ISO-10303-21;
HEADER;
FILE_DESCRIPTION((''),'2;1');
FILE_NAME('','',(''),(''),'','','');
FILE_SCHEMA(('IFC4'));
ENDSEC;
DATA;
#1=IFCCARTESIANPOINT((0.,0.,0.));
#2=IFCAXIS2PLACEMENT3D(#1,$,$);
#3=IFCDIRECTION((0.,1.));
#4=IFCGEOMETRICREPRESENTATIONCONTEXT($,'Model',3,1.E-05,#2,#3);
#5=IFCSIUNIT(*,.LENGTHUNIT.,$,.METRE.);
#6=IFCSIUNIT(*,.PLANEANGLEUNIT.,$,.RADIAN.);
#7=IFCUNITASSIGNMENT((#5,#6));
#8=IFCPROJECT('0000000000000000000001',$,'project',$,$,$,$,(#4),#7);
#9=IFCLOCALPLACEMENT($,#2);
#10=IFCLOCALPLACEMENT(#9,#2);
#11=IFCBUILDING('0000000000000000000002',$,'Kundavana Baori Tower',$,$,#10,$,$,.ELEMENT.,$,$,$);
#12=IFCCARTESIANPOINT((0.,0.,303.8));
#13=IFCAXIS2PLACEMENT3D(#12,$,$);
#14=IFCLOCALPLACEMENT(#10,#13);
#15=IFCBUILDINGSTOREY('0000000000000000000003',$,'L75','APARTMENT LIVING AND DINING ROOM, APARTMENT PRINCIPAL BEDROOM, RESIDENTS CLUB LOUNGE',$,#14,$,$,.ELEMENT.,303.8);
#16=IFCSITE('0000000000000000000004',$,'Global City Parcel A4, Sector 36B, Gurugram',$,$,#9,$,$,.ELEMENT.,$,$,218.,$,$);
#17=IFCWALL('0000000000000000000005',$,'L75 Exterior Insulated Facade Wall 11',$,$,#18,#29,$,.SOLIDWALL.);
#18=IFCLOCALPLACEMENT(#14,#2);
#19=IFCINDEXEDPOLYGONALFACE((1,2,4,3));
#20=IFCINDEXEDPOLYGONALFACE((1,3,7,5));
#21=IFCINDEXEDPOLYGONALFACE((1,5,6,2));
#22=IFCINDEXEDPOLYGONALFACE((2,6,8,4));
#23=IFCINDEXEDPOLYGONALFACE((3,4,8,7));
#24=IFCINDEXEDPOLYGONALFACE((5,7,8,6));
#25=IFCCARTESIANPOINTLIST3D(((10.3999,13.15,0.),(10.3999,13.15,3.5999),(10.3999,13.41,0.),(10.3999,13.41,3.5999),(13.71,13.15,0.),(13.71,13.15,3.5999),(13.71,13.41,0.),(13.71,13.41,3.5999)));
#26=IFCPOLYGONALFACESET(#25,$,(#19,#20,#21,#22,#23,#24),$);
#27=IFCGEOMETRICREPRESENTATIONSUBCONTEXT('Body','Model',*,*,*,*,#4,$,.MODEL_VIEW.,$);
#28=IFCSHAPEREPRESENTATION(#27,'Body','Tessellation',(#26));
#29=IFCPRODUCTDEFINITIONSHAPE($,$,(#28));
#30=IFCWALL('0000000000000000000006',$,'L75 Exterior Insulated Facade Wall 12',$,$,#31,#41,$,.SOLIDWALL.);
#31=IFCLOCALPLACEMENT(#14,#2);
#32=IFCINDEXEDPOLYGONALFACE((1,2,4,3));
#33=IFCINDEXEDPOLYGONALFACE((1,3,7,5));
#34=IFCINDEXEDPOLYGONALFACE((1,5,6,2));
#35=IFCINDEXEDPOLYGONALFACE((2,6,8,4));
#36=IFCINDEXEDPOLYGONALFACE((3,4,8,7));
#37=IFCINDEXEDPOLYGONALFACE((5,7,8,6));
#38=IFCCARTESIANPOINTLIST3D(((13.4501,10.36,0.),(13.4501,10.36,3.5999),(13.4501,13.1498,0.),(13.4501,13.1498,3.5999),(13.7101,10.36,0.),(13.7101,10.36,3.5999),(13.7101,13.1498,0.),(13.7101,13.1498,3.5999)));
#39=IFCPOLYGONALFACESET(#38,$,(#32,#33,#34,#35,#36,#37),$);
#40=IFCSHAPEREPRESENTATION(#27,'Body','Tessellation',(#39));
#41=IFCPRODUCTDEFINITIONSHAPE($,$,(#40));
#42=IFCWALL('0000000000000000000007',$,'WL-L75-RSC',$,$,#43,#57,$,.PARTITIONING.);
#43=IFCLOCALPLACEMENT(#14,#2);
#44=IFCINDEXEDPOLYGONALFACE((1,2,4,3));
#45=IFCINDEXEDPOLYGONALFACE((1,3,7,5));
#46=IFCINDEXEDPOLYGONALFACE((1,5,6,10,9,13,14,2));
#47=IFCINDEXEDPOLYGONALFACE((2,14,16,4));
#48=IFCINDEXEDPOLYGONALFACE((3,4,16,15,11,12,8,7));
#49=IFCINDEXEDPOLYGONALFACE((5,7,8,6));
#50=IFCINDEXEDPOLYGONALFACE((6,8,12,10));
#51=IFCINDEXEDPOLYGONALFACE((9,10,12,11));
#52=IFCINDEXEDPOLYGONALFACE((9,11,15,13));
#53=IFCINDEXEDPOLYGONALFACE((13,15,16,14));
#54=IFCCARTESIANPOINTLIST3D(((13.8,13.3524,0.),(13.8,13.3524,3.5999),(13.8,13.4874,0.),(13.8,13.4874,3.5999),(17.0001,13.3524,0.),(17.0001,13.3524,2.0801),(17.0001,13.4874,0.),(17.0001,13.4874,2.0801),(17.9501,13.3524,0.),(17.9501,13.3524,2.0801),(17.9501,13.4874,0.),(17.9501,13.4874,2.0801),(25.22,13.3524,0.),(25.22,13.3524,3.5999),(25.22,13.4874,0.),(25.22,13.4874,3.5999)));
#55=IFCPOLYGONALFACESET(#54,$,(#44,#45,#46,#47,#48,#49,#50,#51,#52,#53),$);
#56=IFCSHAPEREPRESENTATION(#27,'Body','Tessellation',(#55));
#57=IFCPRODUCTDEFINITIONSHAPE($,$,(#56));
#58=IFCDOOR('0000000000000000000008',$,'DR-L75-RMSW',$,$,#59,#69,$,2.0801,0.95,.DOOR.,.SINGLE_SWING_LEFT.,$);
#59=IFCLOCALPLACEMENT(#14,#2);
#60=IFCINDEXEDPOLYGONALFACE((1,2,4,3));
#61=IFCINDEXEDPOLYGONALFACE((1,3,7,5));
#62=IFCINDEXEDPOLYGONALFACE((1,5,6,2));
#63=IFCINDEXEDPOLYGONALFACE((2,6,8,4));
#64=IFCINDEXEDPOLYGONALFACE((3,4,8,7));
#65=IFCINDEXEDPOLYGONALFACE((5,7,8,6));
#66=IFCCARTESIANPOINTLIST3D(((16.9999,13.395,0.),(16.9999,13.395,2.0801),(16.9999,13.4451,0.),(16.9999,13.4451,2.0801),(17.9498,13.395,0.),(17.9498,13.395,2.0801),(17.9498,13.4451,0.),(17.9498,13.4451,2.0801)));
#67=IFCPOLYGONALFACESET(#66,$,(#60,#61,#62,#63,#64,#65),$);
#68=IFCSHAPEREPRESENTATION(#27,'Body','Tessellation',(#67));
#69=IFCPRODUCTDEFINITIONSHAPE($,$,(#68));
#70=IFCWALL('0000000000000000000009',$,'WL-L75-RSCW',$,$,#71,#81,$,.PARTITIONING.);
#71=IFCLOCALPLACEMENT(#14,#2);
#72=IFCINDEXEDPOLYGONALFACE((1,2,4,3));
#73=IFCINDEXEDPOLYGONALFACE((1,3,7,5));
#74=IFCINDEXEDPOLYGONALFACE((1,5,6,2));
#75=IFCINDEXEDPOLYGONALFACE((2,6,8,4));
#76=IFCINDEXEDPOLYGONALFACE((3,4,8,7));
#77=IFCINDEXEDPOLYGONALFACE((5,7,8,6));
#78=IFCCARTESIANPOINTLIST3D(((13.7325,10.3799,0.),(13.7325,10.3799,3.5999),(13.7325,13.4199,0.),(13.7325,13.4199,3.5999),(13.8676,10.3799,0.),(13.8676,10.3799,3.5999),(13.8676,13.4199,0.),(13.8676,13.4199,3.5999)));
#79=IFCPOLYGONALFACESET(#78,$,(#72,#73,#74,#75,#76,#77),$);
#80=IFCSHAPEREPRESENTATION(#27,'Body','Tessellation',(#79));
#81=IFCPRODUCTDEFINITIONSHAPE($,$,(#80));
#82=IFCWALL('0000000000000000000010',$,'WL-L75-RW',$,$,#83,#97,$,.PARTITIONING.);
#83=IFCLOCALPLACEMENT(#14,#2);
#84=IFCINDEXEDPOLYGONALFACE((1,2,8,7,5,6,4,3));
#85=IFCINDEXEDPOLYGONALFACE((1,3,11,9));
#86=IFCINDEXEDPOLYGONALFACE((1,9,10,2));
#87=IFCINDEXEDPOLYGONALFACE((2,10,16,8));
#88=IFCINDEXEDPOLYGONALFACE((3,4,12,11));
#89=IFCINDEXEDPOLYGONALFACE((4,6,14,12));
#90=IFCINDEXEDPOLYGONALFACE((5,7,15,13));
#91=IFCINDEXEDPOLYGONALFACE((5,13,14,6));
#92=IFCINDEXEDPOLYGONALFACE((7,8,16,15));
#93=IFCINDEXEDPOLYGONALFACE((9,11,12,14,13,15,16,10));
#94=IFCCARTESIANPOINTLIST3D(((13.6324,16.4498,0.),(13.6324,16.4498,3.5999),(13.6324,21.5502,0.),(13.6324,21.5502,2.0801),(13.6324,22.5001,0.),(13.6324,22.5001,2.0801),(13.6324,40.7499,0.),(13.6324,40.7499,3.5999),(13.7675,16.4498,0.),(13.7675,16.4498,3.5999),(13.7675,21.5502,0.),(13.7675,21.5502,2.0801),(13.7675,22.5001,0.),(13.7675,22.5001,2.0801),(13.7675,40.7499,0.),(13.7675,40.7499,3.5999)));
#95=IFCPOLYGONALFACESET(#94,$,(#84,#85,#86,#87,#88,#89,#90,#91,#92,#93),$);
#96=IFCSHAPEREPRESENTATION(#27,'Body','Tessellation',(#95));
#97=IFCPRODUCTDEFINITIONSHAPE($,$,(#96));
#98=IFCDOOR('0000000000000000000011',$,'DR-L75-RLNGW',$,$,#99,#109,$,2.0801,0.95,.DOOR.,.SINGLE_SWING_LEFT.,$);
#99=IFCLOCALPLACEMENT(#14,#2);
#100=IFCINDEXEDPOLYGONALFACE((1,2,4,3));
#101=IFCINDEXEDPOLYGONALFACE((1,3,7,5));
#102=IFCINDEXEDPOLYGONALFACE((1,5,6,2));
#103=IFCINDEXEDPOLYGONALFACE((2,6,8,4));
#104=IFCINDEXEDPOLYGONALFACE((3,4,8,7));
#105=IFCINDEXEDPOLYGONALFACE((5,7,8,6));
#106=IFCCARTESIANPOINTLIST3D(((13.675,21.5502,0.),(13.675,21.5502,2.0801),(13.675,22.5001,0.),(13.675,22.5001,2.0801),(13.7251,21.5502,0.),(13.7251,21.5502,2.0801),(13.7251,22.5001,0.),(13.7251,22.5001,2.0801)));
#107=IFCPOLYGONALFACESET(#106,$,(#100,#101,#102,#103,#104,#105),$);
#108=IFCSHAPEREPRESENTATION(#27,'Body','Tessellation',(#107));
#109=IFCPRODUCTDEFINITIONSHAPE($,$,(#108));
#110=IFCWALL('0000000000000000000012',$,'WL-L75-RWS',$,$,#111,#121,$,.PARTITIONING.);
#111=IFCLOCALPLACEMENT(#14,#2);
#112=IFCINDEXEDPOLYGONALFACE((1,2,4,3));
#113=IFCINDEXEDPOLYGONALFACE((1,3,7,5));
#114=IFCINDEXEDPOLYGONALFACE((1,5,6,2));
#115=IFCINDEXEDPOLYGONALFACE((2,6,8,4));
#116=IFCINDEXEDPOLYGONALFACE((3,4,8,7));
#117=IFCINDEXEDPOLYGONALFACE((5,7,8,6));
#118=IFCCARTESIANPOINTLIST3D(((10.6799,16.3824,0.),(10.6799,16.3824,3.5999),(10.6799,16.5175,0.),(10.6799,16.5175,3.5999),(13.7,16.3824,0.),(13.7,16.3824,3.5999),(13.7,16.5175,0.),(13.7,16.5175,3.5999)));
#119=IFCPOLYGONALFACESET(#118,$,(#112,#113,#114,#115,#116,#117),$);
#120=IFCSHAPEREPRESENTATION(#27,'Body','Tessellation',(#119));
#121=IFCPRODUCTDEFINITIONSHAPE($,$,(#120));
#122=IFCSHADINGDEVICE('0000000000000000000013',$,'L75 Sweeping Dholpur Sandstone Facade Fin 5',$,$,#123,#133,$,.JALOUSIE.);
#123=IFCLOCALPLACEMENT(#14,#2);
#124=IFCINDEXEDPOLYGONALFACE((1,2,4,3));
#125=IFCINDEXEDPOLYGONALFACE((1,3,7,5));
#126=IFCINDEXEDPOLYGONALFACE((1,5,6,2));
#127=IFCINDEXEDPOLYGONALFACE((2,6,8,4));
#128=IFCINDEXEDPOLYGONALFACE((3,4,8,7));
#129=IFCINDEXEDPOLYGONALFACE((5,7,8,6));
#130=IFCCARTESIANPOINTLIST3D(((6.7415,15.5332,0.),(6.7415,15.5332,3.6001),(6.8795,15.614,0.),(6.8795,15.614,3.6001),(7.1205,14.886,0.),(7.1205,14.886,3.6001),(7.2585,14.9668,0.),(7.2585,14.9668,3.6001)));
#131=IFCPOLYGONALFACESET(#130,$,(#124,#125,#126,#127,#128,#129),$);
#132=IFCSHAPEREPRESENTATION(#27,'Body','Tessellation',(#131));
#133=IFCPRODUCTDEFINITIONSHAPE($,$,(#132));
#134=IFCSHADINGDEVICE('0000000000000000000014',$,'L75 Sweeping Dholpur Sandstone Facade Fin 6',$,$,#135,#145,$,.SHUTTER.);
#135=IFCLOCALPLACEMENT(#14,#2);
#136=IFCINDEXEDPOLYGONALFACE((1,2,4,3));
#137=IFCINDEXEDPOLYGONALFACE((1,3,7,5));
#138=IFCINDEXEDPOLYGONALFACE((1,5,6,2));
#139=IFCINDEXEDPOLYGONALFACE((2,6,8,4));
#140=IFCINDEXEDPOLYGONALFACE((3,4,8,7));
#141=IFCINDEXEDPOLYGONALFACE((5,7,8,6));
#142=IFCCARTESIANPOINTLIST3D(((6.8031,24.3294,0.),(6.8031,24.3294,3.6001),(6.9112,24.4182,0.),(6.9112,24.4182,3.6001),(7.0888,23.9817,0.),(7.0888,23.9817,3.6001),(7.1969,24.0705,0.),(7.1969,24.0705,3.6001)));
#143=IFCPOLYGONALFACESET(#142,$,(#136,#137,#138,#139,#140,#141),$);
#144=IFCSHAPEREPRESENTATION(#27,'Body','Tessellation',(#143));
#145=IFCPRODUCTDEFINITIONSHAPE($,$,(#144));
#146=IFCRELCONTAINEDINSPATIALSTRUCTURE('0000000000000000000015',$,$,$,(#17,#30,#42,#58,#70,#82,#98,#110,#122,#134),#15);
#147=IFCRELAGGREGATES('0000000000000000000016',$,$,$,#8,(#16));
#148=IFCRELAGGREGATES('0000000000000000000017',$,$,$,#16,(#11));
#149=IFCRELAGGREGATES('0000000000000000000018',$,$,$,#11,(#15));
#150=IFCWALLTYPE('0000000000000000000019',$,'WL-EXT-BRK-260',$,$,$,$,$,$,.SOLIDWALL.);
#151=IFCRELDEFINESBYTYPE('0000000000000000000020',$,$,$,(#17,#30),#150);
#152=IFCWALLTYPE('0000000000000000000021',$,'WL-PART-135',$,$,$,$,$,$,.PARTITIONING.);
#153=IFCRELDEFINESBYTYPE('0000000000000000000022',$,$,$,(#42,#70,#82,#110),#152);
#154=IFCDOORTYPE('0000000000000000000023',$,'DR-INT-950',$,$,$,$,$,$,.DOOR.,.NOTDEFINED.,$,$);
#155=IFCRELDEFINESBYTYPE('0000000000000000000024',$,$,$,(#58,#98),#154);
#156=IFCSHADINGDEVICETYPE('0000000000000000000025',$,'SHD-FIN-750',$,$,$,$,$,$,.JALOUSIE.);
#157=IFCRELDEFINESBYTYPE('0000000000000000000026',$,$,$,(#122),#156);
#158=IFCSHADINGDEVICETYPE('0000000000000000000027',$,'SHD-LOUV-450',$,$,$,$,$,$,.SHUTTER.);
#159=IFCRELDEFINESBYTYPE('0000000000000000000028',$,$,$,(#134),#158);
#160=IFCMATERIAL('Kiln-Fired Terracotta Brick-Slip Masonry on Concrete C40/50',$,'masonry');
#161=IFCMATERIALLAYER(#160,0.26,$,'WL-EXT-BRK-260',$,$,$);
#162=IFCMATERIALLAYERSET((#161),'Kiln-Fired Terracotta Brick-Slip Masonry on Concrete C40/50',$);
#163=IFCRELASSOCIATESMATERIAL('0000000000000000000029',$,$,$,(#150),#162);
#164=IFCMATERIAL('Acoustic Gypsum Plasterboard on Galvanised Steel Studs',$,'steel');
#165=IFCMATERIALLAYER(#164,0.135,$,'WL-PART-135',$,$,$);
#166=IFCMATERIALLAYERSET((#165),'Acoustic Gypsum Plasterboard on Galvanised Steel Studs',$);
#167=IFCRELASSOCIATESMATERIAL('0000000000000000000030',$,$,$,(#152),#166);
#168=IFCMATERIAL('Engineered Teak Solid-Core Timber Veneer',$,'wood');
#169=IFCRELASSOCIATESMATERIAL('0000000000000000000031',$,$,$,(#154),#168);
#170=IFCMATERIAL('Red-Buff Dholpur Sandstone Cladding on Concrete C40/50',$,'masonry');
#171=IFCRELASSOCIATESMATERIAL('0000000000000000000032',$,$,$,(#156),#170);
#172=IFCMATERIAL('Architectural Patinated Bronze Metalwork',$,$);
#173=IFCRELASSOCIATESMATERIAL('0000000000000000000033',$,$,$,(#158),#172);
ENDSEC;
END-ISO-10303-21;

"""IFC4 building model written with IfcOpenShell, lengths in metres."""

from ifc_helpers import new_model, si_unit, direction, frame, frame_2d, origin, origin_2d, place, context, subcontext, project, spatial, rectangle, extrude, material, layer, layer_set, type_object, element, fill, save


model = new_model("IFC4")

# Units and contexts
model_context = context("Model", 3, precision=1e-05, world=origin(), true_north=direction((0.0, 1.0)))
body_context = subcontext(model_context, "Body", "Model", "MODEL_VIEW")
ifc_project = project(units=[si_unit("LENGTHUNIT", "METRE"), si_unit("PLANEANGLEUNIT", "RADIAN")], contexts=[model_context])

# Site, building, storey
site_placement = place(None, origin())
site = spatial("IfcSite", under=ifc_project, at=site_placement, Name="Global City Parcel A4, Sector 36B, Gurugram", CompositionType="ELEMENT", RefElevation=218.0)
building_placement = place(site_placement, origin())
building = spatial("IfcBuilding", under=site, at=building_placement, Name="Kundavana Baori Tower", CompositionType="ELEMENT")
storey_placement = place(building_placement, frame((0.0, 0.0, 303.8)))
storey = spatial("IfcBuildingStorey", under=building, at=storey_placement, Name="L75", Description="APARTMENT LIVING AND DINING ROOM, APARTMENT PRINCIPAL BEDROOM, RESIDENTS CLUB LOUNGE", CompositionType="ELEMENT", Elevation=303.8)

# Shared definitions
ifc_material_1 = material(Name="Kiln-Fired Terracotta Brick-Slip Masonry on Concrete C40/50", Category="masonry")
ifc_layer_1 = layer(ifc_material_1, 0.26, Name="WL-EXT-BRK-260")
ifc_layer_set_1 = layer_set([ifc_layer_1], Name="Kiln-Fired Terracotta Brick-Slip Masonry on Concrete C40/50")
wall_type_1 = type_object("IfcWallType", Name="WL-EXT-BRK-260", PredefinedType="SOLIDWALL", material=ifc_layer_set_1)

# Walls
wall_1_placement = place(storey_placement, frame((10.3999, 13.28, 0.0), z_axis=(0.0, 0.0, 1.0), x_axis=(1.0, 0.0, 0.0)))
element("IfcWall", 1, at=wall_1_placement, inside=storey, type_object=wall_type_1, Name="L75 Exterior Insulated Facade Wall 11", PredefinedType="SOLIDWALL", context=body_context, shape_type="SweptSolid", body=[
    extrude(rectangle(XDim=3.3101, YDim=0.26, at=frame_2d((1.655, 0.0))), origin(), (0.0, 0.0, 1.0), 3.5999),
])
wall_2_placement = place(storey_placement, frame((13.5801, 13.1499, 0.0), z_axis=(0.0, 0.0, 1.0), x_axis=(0.0, -1.0, 0.0)))
element("IfcWall", 2, at=wall_2_placement, inside=storey, type_object=wall_type_1, Name="L75 Exterior Insulated Facade Wall 12", PredefinedType="SOLIDWALL", context=body_context, shape_type="SweptSolid", body=[
    extrude(rectangle(XDim=2.7898, YDim=0.26, at=frame_2d((1.395, 0.0))), origin(), (0.0, 0.0, 1.0), 3.5999),
])

# Wall, opening, door
ifc_material_2 = material(Name="Acoustic Gypsum Plasterboard on Galvanised Steel Studs", Category="steel")
ifc_layer_2 = layer(ifc_material_2, 0.135, Name="WL-PART-135")
ifc_layer_set_2 = layer_set([ifc_layer_2], Name="Acoustic Gypsum Plasterboard on Galvanised Steel Studs")
wall_type_2 = type_object("IfcWallType", Name="WL-PART-135", PredefinedType="PARTITIONING", material=ifc_layer_set_2)
wall_3_placement = place(storey_placement, frame((13.8, 13.4199, 0.0), z_axis=(0.0, 0.0, 1.0), x_axis=(1.0, 0.0, 0.0)))
wall_3 = element("IfcWall", 3, at=wall_3_placement, inside=storey, type_object=wall_type_2, Name="WL-L75-RSC", PredefinedType="PARTITIONING", context=body_context, shape_type="SweptSolid", body=[
    extrude(rectangle(XDim=11.4199, YDim=0.135, at=frame_2d((5.71, 0.0))), origin(), (0.0, 0.0, 1.0), 3.5999),
])
opening_1_placement = place(wall_3_placement, frame((3.2, 0.0, 0.0)))
opening_1 = element("IfcOpeningElement", 4, at=opening_1_placement, cuts=wall_3, PredefinedType="OPENING", context=body_context, shape_type="SweptSolid", body=[
    extrude(rectangle(XDim=0.95, YDim=2.0801, at=frame_2d((0.4751, 1.04))), frame((0.0, 0.0776, 0.0), z_axis=(0.0, -1.0, 0.0), x_axis=(1.0, 0.0, 0.0)), (0.0, 0.0, 1.0), 0.155),
])
ifc_material_3 = material(Name="Engineered Teak Solid-Core Timber Veneer", Category="wood")
door_type_1 = type_object("IfcDoorType", Name="DR-INT-950", OperationType="NOTDEFINED", PredefinedType="DOOR", material=ifc_material_3)
door_1_placement = place(opening_1_placement, frame((0.95, 0.0, 0.0), z_axis=(0.0, 0.0, 1.0), x_axis=(-1.0, 0.0, 0.0)))
door_1 = element("IfcDoor", 5, at=door_1_placement, inside=storey, type_object=door_type_1, Name="DR-L75-RMSW", OperationType="SINGLE_SWING_LEFT", OverallHeight=2.0801, OverallWidth=0.95, PredefinedType="DOOR", context=body_context, shape_type="SweptSolid", body=[
    extrude(rectangle(XDim=0.95, YDim=2.0801, at=frame_2d((0.4751, 1.04))), frame((0.0, 0.0249, 0.0), z_axis=(0.0, -1.0, 0.0), x_axis=(1.0, 0.0, 0.0)), (0.0, 0.0, 1.0), 0.05),
])
fill(opening_1, door_1)

# Wall
wall_4_placement = place(storey_placement, frame((13.8, 10.3799, 0.0), z_axis=(0.0, 0.0, 1.0), x_axis=(0.0, 1.0, 0.0)))
element("IfcWall", 6, at=wall_4_placement, inside=storey, type_object=wall_type_2, Name="WL-L75-RSCW", PredefinedType="PARTITIONING", context=body_context, shape_type="SweptSolid", body=[
    extrude(rectangle(XDim=3.04, YDim=0.135, at=frame_2d((1.52, 0.0))), origin(), (0.0, 0.0, 1.0), 3.5999),
])

# Wall, opening, door
wall_5_placement = place(storey_placement, frame((13.7, 16.45, 0.0), z_axis=(0.0, 0.0, 1.0), x_axis=(0.0, 1.0, 0.0)))
wall_5 = element("IfcWall", 7, at=wall_5_placement, inside=storey, type_object=wall_type_2, Name="WL-L75-RW", PredefinedType="PARTITIONING", context=body_context, shape_type="SweptSolid", body=[
    extrude(rectangle(XDim=24.3, YDim=0.135, at=frame_2d((12.1499, 0.0))), origin(), (0.0, 0.0, 1.0), 3.5999),
])
opening_2_placement = place(wall_5_placement, frame((5.1001, 0.0, 0.0)))
opening_2 = element("IfcOpeningElement", 8, at=opening_2_placement, cuts=wall_5, PredefinedType="OPENING", context=body_context, shape_type="SweptSolid", body=[
    extrude(rectangle(XDim=0.95, YDim=2.0801, at=frame_2d((0.4751, 1.04))), frame((0.0, 0.0776, 0.0), z_axis=(0.0, -1.0, 0.0), x_axis=(1.0, 0.0, 0.0)), (0.0, 0.0, 1.0), 0.155),
])
door_2_placement = place(opening_2_placement, origin())
door_2 = element("IfcDoor", 9, at=door_2_placement, inside=storey, type_object=door_type_1, Name="DR-L75-RLNGW", OperationType="SINGLE_SWING_LEFT", OverallHeight=2.0801, OverallWidth=0.95, PredefinedType="DOOR", context=body_context, shape_type="SweptSolid", body=[
    extrude(rectangle(XDim=0.95, YDim=2.0801, at=frame_2d((0.4751, 1.04))), frame((0.0, 0.0249, 0.0), z_axis=(0.0, -1.0, 0.0), x_axis=(1.0, 0.0, 0.0)), (0.0, 0.0, 1.0), 0.05),
])
fill(opening_2, door_2)

# Wall
wall_6_placement = place(storey_placement, frame((10.6799, 16.45, 0.0), z_axis=(0.0, 0.0, 1.0), x_axis=(1.0, 0.0, 0.0)))
element("IfcWall", 10, at=wall_6_placement, inside=storey, type_object=wall_type_2, Name="WL-L75-RWS", PredefinedType="PARTITIONING", context=body_context, shape_type="SweptSolid", body=[
    extrude(rectangle(XDim=3.02, YDim=0.135, at=frame_2d((1.51, 0.0))), origin(), (0.0, 0.0, 1.0), 3.5999),
])

# Shading devices
ifc_material_4 = material(Name="Red-Buff Dholpur Sandstone Cladding on Concrete C40/50", Category="masonry")
shading_device_type_1 = type_object("IfcShadingDeviceType", Name="SHD-FIN-750", PredefinedType="JALOUSIE", material=ifc_material_4)
shading_device_1_placement = place(storey_placement, frame((7.0, 15.25, 0.0), z_axis=(0.0, 0.0, 1.0), x_axis=(0.862955, 0.505281, 0.0)))
element("IfcShadingDevice", 11, at=shading_device_1_placement, inside=storey, type_object=shading_device_type_1, Name="L75 Sweeping Dholpur Sandstone Facade Fin 5", PredefinedType="JALOUSIE", context=body_context, shape_type="SweptSolid", body=[
    extrude(rectangle(XDim=0.1599, YDim=0.75, at=origin_2d()), origin(), (0.0, 0.0, 1.0), 3.6001),
])
ifc_material_5 = material(Name="Architectural Patinated Bronze Metalwork")
shading_device_type_2 = type_object("IfcShadingDeviceType", Name="SHD-LOUV-450", PredefinedType="SHUTTER", material=ifc_material_5)
shading_device_2_placement = place(storey_placement, frame((7.0, 24.2, 0.0), z_axis=(0.0, 0.0, 1.0), x_axis=(0.772623, 0.634865, 0.0)))
element("IfcShadingDevice", 12, at=shading_device_2_placement, inside=storey, type_object=shading_device_type_2, Name="L75 Sweeping Dholpur Sandstone Facade Fin 6", PredefinedType="SHUTTER", context=body_context, shape_type="SweptSolid", body=[
    extrude(rectangle(XDim=0.1399, YDim=0.45, at=origin_2d()), origin(), (0.0, 0.0, 1.0), 3.6001),
])

save(model, "model.ifc")
